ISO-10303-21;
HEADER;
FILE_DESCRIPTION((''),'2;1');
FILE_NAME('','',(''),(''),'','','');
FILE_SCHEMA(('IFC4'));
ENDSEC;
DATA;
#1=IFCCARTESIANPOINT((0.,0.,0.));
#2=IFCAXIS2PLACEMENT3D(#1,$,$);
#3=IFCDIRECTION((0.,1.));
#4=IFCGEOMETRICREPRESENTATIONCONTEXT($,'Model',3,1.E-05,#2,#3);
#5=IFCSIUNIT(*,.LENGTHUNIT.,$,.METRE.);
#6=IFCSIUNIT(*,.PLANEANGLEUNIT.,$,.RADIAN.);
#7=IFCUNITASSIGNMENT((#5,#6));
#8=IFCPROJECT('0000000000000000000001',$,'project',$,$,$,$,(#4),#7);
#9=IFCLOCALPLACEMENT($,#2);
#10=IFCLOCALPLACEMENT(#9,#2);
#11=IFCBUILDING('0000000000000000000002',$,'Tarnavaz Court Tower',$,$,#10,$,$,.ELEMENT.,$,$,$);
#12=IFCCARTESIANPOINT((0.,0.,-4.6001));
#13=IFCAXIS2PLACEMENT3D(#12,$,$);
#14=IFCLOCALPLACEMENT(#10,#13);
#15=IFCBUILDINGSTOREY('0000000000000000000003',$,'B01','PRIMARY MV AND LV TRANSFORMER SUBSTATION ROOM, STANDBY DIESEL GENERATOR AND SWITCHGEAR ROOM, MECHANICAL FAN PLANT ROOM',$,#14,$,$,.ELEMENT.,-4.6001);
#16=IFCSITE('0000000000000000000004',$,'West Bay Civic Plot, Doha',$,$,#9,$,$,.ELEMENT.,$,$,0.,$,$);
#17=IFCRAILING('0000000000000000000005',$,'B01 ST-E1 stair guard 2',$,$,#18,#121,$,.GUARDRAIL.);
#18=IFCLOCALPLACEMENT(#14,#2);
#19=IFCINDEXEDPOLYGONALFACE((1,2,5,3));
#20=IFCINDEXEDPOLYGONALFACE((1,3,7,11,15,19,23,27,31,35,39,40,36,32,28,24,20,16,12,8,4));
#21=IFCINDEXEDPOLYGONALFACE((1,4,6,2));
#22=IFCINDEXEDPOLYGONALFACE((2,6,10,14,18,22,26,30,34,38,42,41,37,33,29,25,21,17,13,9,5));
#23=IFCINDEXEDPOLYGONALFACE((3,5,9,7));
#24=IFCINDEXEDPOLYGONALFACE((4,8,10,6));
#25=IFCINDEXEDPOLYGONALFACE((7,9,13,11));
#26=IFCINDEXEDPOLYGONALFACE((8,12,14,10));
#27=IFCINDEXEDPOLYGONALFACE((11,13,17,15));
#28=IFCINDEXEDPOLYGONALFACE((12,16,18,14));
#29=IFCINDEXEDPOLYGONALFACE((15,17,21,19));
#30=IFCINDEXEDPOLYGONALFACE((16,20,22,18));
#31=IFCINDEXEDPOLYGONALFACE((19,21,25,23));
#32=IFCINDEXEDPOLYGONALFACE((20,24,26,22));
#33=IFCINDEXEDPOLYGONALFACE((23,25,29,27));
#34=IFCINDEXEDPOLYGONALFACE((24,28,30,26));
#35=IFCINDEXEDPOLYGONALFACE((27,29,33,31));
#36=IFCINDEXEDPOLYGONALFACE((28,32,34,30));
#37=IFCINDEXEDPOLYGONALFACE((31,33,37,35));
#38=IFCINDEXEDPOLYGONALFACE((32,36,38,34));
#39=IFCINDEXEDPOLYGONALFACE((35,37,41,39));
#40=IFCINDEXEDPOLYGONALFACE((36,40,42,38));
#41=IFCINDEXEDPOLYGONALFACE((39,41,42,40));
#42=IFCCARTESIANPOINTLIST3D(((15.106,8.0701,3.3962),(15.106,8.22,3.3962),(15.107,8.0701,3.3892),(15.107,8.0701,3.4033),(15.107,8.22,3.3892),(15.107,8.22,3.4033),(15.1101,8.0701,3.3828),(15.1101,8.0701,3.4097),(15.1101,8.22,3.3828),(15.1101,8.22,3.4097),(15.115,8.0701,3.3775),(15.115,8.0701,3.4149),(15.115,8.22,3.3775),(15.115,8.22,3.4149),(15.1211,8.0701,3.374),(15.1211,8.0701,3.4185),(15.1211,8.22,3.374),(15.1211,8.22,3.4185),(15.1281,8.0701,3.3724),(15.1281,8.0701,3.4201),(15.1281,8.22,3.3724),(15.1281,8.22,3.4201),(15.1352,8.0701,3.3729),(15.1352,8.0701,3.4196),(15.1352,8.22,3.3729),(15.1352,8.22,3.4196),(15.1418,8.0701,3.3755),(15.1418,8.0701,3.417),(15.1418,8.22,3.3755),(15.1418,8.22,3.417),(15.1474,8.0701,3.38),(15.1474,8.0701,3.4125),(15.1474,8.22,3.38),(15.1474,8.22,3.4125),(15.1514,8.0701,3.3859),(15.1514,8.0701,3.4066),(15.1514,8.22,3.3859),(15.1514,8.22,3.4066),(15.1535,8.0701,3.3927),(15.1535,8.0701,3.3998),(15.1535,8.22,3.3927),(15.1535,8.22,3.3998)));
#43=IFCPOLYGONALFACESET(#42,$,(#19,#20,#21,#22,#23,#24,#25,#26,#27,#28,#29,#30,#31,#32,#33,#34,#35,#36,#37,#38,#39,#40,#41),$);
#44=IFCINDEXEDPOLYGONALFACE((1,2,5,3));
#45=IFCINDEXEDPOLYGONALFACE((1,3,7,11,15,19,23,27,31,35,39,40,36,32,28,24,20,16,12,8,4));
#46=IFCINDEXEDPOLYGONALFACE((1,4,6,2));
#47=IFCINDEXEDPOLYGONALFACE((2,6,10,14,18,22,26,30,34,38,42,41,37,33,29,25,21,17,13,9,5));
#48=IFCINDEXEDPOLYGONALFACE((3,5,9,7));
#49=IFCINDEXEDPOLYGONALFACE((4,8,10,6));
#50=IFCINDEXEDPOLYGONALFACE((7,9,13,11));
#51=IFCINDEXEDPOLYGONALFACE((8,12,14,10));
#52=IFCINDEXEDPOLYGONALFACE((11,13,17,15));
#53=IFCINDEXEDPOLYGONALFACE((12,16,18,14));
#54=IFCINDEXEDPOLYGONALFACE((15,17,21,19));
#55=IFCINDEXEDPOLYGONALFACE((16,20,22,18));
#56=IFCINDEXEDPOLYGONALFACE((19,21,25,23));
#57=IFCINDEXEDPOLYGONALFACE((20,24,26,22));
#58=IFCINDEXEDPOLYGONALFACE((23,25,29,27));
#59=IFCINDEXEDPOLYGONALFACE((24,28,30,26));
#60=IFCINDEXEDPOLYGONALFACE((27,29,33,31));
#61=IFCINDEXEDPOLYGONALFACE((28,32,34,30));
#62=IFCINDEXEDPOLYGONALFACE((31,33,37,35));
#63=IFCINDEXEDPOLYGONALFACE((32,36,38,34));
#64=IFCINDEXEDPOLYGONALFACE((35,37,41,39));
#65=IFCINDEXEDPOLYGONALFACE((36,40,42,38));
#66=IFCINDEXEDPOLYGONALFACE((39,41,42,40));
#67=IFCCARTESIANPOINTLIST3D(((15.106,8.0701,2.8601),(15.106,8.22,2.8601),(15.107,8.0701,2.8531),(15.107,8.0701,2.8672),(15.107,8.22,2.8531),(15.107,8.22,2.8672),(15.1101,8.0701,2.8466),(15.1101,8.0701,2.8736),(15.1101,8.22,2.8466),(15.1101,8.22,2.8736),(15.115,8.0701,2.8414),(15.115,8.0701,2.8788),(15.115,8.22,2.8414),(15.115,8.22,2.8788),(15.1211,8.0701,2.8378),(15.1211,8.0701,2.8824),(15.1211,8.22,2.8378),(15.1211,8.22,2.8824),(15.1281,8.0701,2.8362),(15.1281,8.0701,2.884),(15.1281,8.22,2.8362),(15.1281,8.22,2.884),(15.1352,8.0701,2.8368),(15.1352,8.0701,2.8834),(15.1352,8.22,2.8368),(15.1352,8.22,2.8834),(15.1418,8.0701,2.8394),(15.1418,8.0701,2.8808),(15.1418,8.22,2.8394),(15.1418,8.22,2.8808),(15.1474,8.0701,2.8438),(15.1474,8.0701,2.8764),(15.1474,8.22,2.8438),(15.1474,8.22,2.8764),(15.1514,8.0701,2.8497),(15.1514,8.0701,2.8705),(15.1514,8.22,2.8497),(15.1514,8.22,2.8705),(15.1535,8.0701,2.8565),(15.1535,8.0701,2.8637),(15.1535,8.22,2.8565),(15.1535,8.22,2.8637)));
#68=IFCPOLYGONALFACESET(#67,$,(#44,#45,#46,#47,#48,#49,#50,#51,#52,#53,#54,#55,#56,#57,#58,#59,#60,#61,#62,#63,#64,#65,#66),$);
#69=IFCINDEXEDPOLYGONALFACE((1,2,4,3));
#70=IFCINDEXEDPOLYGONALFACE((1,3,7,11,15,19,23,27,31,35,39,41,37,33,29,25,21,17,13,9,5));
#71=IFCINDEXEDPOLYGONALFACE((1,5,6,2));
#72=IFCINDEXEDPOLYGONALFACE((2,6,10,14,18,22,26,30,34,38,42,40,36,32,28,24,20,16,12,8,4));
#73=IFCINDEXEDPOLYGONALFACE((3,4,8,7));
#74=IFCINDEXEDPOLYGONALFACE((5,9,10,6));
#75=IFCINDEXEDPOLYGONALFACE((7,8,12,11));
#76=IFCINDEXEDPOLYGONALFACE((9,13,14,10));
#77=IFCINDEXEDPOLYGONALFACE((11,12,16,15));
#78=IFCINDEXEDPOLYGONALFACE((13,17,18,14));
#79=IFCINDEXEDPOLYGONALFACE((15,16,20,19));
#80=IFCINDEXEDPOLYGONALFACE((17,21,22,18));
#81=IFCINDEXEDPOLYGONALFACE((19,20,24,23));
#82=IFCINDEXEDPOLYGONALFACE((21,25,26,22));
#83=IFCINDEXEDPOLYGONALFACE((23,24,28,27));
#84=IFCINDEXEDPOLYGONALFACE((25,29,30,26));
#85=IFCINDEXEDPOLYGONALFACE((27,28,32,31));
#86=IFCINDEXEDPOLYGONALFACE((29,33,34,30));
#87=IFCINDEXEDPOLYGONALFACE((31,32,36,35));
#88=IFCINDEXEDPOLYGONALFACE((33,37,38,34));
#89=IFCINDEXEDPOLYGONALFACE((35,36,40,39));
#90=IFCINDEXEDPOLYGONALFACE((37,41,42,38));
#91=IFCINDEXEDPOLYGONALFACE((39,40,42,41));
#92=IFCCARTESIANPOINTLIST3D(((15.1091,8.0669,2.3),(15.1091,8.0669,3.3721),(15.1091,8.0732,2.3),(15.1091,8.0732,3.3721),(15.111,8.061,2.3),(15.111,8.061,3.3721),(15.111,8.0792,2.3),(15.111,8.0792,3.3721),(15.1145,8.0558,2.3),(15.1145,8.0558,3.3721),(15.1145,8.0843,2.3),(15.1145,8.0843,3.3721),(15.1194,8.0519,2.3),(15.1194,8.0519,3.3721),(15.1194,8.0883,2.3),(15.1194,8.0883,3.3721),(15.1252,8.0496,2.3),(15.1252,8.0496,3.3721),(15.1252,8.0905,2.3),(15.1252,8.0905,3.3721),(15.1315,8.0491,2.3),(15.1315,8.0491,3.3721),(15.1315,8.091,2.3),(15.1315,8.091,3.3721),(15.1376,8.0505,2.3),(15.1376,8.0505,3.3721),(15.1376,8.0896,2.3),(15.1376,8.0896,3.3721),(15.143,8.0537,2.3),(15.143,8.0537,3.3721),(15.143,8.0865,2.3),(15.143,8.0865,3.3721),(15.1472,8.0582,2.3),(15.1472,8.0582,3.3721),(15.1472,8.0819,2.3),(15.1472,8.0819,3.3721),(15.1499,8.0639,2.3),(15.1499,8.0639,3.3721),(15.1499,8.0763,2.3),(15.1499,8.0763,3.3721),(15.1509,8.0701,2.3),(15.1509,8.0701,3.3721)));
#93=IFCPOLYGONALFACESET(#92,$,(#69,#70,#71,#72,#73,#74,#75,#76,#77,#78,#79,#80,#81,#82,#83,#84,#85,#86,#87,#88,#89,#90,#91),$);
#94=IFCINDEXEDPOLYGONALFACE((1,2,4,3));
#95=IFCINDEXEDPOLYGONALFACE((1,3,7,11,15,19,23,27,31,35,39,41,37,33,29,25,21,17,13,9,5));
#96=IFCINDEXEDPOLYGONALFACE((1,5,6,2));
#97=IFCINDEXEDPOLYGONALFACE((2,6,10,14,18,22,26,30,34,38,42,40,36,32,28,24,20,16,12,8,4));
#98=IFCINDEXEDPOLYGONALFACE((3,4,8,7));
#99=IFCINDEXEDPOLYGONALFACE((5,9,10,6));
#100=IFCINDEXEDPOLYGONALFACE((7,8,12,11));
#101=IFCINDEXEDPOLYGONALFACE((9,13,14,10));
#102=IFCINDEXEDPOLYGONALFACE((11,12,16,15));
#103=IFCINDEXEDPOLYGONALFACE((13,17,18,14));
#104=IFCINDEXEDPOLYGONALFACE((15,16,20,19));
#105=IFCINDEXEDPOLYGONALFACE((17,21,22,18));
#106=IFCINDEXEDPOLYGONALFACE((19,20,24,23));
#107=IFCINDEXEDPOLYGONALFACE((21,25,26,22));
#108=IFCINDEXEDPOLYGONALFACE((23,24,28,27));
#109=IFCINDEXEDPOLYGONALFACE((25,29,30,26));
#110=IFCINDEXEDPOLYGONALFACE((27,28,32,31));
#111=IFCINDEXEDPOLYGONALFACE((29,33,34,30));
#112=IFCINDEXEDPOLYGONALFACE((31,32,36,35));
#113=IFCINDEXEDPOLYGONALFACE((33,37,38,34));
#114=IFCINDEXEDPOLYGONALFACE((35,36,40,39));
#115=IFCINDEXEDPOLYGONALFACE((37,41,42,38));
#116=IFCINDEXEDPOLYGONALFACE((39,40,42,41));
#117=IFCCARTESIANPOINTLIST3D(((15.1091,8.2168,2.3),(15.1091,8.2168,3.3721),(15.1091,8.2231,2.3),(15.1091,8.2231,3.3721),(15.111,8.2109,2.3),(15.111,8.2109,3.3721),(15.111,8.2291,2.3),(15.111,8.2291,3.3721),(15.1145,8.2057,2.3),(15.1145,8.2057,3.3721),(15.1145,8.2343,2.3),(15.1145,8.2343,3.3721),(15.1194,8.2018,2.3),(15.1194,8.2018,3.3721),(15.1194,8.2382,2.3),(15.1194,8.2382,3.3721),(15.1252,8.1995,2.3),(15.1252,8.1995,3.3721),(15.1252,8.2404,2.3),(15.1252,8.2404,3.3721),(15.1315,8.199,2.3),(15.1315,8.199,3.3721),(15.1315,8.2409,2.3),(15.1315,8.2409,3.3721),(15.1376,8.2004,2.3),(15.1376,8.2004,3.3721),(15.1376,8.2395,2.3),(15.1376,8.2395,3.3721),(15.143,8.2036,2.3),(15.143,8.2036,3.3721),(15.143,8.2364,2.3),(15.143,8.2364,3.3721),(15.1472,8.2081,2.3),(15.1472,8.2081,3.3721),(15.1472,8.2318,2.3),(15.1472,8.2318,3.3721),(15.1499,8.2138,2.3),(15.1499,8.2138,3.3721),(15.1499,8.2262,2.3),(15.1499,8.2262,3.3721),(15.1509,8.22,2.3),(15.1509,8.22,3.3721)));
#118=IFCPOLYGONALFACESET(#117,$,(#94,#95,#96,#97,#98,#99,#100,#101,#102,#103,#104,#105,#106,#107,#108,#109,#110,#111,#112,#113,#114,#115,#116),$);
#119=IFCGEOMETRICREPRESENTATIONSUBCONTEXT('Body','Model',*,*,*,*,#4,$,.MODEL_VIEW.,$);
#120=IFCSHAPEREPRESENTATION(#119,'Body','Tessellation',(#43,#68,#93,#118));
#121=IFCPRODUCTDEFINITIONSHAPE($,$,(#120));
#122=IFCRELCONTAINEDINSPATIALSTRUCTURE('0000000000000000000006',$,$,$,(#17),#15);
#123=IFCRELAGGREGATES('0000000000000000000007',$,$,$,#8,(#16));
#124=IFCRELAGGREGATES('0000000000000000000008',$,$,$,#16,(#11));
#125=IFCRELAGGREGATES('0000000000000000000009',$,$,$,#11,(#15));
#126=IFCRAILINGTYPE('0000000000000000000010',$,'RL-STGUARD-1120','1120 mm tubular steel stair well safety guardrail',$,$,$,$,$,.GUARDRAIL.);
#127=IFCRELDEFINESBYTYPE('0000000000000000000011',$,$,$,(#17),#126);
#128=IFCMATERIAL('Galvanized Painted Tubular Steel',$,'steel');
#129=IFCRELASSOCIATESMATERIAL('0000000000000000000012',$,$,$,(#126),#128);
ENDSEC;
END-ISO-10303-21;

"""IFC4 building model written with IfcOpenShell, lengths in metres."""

from ifc_helpers import new_model, si_unit, direction, frame, origin, origin_2d, place, context, subcontext, project, spatial, circle, extrude, material, type_object, element, save


model = new_model("IFC4")

# Units and contexts
model_context = context("Model", 3, precision=1e-05, world=origin(), true_north=direction((0.0, 1.0)))
body_context = subcontext(model_context, "Body", "Model", "MODEL_VIEW")
ifc_project = project(units=[si_unit("LENGTHUNIT", "METRE"), si_unit("PLANEANGLEUNIT", "RADIAN")], contexts=[model_context])

# Site, building, storey
site_placement = place(None, origin())
site = spatial("IfcSite", under=ifc_project, at=site_placement, Name="West Bay Civic Plot, Doha", CompositionType="ELEMENT", RefElevation=0.0)
building_placement = place(site_placement, origin())
building = spatial("IfcBuilding", under=site, at=building_placement, Name="Tarnavaz Court Tower", CompositionType="ELEMENT")
storey_placement = place(building_placement, frame((0.0, 0.0, -4.6001)))
storey = spatial("IfcBuildingStorey", under=building, at=storey_placement, Name="B01", Description="PRIMARY MV AND LV TRANSFORMER SUBSTATION ROOM, STANDBY DIESEL GENERATOR AND SWITCHGEAR ROOM, MECHANICAL FAN PLANT ROOM", CompositionType="ELEMENT", Elevation=-4.6001)

# Railing
ifc_material_1 = material(Name="Galvanized Painted Tubular Steel", Category="steel")
railing_type_1 = type_object("IfcRailingType", Name="RL-STGUARD-1120", Description="1120 mm tubular steel stair well safety guardrail", PredefinedType="GUARDRAIL", material=ifc_material_1)
railing_1_placement = place(storey_placement, frame((15.1299, 8.0701, 2.3)))
element("IfcRailing", 1, at=railing_1_placement, inside=storey, type_object=railing_type_1, Name="B01 ST-E1 stair guard 2", PredefinedType="GUARDRAIL", context=body_context, shape_type="SweptSolid", body=[
    extrude(circle(Radius=0.0239, at=origin_2d()), frame((0.0, 0.0, 1.0962), z_axis=(0.0, 1.0, 0.0), x_axis=(-1.0, 0.0, 0.0)), (0.0, 0.0, 1.0), 0.1499),
    extrude(circle(Radius=0.0239, at=origin_2d()), frame((0.0, 0.0, 0.5601), z_axis=(0.0, 1.0, 0.0), x_axis=(-1.0, 0.0, 0.0)), (0.0, 0.0, 1.0), 0.1499),
    extrude(circle(Radius=0.021, at=origin_2d()), origin(), (0.0, 0.0, 1.0), 1.072),
    extrude(circle(Radius=0.021, at=origin_2d()), frame((0.0, 0.1499, 0.0)), (0.0, 0.0, 1.0), 1.072),
])

save(model, "model.ifc")
